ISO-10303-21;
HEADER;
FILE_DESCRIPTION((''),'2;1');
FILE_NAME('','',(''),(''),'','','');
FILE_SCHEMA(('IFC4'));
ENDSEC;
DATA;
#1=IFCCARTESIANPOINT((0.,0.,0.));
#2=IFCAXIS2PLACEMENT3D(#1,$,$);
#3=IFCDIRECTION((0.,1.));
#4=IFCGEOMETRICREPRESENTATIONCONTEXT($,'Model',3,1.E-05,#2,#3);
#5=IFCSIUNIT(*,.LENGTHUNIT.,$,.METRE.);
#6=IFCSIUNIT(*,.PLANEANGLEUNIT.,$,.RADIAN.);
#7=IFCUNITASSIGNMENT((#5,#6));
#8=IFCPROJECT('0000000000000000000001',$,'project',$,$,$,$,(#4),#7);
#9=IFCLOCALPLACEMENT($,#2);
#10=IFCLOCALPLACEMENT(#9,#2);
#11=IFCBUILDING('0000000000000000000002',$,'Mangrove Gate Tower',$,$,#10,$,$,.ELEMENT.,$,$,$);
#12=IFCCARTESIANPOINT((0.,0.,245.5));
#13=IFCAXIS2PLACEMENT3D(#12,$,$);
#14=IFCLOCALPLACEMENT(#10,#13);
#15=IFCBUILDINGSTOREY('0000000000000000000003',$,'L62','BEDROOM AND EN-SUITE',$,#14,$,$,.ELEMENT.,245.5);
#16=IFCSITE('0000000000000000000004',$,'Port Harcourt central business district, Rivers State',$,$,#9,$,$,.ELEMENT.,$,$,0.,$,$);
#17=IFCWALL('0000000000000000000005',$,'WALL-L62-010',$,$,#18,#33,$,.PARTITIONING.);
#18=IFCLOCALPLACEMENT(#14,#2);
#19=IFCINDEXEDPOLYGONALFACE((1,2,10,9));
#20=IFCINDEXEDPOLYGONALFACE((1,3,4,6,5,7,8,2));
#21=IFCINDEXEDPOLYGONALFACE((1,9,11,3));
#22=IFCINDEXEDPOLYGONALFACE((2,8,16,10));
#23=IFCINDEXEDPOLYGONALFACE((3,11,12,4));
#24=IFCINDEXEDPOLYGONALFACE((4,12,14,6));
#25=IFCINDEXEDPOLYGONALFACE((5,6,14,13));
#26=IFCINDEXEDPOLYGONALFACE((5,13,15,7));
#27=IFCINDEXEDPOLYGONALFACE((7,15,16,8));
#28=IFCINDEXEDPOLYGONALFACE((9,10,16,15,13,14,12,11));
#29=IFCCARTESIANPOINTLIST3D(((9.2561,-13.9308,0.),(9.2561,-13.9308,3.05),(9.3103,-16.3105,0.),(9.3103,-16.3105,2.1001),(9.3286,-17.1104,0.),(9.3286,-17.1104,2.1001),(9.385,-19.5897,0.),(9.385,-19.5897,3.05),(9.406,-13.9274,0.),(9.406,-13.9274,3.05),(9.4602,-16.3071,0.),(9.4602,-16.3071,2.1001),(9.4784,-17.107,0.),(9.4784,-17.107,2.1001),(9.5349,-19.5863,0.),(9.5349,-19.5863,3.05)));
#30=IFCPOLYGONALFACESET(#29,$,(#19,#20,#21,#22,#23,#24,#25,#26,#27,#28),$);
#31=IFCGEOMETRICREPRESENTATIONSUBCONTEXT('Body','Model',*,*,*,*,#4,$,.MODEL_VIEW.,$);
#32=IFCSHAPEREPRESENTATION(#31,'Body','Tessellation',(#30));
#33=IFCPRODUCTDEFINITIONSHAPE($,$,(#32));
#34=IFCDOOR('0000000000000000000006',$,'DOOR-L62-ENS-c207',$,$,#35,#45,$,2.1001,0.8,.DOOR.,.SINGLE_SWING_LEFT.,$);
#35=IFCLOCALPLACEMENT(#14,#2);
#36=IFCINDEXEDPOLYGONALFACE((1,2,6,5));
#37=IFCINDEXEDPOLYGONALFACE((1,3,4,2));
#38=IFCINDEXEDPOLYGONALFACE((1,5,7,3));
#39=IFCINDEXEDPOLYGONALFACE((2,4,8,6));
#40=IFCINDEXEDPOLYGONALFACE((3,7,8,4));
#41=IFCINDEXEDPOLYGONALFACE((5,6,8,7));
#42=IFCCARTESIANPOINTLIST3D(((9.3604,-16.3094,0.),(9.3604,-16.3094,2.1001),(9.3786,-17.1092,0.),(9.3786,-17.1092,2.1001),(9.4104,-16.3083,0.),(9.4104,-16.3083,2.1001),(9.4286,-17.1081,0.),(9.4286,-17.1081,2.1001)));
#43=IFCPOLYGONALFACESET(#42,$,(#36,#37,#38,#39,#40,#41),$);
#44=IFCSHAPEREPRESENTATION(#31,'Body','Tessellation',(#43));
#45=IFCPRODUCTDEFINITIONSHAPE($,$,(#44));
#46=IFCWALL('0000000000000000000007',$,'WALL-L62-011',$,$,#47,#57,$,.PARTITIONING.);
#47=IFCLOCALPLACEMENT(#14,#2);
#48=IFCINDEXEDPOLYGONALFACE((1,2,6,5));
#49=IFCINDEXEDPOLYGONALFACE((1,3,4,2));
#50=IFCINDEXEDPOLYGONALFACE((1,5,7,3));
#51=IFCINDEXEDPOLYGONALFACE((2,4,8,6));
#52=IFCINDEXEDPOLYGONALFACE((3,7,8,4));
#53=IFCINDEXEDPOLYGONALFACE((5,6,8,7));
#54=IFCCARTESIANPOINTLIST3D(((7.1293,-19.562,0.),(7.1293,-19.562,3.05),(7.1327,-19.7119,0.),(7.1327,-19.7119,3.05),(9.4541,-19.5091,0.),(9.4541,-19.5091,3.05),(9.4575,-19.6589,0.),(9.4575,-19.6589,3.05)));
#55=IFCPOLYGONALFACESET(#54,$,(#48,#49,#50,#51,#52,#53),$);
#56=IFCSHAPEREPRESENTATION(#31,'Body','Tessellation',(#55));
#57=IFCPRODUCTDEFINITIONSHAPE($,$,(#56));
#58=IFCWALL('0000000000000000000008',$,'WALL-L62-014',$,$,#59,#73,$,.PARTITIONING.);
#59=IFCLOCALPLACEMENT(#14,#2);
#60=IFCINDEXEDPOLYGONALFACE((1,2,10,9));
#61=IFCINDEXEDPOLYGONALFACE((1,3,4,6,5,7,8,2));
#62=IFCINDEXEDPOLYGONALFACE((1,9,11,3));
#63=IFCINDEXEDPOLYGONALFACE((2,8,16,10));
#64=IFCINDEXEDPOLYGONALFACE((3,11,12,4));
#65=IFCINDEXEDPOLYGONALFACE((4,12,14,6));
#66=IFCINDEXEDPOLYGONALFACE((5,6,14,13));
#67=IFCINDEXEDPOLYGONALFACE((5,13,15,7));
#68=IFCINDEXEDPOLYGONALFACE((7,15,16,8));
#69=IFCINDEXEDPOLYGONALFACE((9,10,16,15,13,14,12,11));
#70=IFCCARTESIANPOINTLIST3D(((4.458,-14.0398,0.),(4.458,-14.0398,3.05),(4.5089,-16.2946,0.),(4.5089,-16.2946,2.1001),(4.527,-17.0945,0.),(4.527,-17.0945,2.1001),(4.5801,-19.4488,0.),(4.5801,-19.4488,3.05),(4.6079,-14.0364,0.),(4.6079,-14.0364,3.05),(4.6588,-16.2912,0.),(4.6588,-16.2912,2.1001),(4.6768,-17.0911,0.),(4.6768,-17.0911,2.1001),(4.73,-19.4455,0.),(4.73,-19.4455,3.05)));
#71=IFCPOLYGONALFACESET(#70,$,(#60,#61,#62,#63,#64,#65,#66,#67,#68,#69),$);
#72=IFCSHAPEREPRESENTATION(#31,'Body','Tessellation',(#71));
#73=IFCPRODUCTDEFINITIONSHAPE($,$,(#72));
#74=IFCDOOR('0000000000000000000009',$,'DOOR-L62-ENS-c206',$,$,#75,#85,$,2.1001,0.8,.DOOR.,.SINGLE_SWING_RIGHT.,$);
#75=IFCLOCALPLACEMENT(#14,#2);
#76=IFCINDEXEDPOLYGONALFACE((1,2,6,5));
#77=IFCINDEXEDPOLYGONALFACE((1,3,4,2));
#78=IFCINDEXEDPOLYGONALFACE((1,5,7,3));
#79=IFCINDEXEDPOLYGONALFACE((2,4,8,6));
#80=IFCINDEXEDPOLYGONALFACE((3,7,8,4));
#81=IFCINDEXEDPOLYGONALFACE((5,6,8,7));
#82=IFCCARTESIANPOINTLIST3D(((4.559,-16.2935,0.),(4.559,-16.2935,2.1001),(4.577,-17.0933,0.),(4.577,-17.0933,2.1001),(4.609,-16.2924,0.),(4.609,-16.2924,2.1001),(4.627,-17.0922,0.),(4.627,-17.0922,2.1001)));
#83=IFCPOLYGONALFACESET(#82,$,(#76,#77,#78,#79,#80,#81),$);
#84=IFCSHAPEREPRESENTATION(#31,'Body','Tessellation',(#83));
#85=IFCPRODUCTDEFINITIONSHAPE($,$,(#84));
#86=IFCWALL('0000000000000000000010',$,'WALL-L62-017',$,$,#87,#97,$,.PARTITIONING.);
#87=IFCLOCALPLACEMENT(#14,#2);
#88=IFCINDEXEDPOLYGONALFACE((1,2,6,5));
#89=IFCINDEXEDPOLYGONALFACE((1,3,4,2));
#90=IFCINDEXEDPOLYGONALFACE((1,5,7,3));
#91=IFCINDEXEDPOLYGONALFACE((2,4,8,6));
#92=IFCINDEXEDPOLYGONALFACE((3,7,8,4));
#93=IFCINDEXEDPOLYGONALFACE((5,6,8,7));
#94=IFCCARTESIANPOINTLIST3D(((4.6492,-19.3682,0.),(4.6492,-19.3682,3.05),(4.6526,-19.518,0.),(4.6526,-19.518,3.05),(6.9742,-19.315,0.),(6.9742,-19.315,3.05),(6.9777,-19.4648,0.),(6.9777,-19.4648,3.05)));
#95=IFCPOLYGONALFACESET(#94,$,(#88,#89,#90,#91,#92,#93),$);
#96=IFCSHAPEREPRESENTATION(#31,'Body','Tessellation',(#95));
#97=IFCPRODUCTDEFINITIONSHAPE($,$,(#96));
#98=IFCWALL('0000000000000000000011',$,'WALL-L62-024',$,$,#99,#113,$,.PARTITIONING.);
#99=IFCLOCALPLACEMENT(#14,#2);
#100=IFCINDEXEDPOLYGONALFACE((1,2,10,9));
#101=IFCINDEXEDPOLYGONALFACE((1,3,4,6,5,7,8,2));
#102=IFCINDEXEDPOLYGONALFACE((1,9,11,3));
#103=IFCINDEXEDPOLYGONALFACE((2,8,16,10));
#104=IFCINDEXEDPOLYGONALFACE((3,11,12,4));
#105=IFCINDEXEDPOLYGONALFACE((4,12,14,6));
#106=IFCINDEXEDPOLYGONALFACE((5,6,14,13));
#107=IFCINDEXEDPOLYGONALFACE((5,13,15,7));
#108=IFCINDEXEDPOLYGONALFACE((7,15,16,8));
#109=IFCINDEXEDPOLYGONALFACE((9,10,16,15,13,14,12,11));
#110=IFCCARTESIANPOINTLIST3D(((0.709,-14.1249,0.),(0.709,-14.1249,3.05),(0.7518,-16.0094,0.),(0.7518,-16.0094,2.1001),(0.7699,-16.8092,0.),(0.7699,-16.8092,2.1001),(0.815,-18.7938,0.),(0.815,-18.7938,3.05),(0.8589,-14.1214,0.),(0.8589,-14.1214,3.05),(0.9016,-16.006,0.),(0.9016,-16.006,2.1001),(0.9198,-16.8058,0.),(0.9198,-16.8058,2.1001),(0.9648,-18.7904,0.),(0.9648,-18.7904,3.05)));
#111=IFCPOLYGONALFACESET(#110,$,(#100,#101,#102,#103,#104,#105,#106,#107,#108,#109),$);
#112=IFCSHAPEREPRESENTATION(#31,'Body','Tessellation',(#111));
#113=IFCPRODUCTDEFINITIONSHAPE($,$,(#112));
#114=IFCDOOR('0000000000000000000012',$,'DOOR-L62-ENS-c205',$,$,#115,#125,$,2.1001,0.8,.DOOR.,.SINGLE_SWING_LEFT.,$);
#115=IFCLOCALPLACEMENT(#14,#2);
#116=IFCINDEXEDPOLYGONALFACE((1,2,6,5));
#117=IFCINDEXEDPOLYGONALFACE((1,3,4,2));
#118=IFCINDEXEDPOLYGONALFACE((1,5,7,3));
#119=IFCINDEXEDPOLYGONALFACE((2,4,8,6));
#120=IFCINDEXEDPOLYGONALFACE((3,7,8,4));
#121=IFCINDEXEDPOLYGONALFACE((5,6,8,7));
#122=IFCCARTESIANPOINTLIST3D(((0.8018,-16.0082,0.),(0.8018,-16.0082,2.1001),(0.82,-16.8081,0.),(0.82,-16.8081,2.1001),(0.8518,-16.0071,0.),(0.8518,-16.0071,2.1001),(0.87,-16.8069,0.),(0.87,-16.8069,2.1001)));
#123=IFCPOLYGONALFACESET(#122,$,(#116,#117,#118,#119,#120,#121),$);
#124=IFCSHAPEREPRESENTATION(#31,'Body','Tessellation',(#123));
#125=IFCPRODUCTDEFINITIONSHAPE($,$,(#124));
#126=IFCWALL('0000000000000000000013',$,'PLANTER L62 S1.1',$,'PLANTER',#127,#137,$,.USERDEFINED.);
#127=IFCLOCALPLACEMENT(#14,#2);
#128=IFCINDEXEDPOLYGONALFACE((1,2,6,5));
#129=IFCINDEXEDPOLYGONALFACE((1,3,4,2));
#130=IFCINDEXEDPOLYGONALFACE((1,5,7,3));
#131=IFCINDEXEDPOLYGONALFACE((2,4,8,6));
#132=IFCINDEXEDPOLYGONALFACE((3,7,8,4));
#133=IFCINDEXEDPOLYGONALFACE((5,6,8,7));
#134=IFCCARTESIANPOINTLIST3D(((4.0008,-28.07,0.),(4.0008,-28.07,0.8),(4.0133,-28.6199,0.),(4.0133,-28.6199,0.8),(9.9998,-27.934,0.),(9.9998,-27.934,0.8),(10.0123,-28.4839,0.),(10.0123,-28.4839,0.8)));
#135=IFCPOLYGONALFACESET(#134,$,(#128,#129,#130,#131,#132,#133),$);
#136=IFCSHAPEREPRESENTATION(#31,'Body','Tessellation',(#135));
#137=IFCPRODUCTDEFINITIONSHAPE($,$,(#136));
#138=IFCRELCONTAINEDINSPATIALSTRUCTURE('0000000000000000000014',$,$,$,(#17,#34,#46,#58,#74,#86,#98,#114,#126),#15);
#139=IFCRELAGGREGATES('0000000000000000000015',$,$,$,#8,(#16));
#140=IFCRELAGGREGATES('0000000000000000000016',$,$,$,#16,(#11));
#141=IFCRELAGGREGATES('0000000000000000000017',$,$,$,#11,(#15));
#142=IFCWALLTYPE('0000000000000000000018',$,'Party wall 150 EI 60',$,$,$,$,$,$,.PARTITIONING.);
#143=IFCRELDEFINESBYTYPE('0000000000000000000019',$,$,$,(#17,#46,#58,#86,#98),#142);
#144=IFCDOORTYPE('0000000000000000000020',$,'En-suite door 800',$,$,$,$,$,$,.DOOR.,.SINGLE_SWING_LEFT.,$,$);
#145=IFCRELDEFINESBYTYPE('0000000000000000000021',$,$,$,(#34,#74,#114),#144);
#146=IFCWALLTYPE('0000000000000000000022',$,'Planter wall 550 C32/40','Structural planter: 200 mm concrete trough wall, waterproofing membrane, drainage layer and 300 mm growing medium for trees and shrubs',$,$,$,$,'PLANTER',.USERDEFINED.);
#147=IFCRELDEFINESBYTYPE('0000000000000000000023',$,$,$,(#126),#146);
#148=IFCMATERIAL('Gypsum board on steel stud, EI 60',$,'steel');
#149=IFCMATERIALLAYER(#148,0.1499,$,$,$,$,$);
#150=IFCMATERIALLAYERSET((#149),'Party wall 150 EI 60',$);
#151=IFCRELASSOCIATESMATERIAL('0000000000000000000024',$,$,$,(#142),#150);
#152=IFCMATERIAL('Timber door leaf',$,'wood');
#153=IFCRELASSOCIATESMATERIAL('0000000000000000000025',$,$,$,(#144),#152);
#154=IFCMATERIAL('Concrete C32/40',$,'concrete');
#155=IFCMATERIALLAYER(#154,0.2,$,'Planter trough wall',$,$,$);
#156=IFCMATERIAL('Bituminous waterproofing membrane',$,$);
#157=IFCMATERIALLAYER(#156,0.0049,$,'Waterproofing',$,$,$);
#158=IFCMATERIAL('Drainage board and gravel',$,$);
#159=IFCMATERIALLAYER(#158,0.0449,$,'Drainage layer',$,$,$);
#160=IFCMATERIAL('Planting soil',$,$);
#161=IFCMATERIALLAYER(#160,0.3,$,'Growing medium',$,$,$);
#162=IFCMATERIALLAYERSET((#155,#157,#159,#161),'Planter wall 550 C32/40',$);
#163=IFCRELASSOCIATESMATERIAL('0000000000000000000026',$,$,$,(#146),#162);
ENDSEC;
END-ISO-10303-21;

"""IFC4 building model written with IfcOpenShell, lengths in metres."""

from ifc_helpers import new_model, si_unit, direction, frame, frame_2d, origin, place, context, subcontext, project, spatial, rectangle, extrude, material, layer, layer_set, type_object, element, fill, save


model = new_model("IFC4")

# Units and contexts
model_context = context("Model", 3, precision=1e-05, world=origin(), true_north=direction((0.0, 1.0)))
body_context = subcontext(model_context, "Body", "Model", "MODEL_VIEW")
ifc_project = project(units=[si_unit("LENGTHUNIT", "METRE"), si_unit("PLANEANGLEUNIT", "RADIAN")], contexts=[model_context])

# Site, building, storey
site_placement = place(None, origin())
site = spatial("IfcSite", under=ifc_project, at=site_placement, Name="Port Harcourt central business district, Rivers State", CompositionType="ELEMENT", RefElevation=0.0)
building_placement = place(site_placement, origin())
building = spatial("IfcBuilding", under=site, at=building_placement, Name="Mangrove Gate Tower", CompositionType="ELEMENT")
storey_placement = place(building_placement, frame((0.0, 0.0, 245.5)))
storey = spatial("IfcBuildingStorey", under=building, at=storey_placement, Name="L62", Description="BEDROOM AND EN-SUITE", CompositionType="ELEMENT", Elevation=245.5)

# Shared definitions
ifc_material_1 = material(Name="Gypsum board on steel stud, EI 60", Category="steel")
ifc_layer_1 = layer(ifc_material_1, 0.1499)
ifc_layer_set_1 = layer_set([ifc_layer_1], Name="Party wall 150 EI 60")
wall_type_1 = type_object("IfcWallType", Name="Party wall 150 EI 60", PredefinedType="PARTITIONING", material=ifc_layer_set_1)

# Wall, opening, door
wall_1_placement = place(storey_placement, frame((9.46, -19.5879, 0.0), z_axis=(0.0, 0.0, 1.0), x_axis=(-0.022773, 0.999741, 0.0)))
wall_1 = element("IfcWall", 1, at=wall_1_placement, inside=storey, type_object=wall_type_1, Name="WALL-L62-010", PredefinedType="PARTITIONING", context=body_context, shape_type="SweptSolid", body=[
    extrude(rectangle(XDim=5.6604, YDim=0.1499, at=frame_2d((2.8301, 0.0))), origin(), (0.0, 0.0, 1.0), 3.05),
])
opening_1_placement = place(wall_1_placement, frame((2.48, 0.0, 0.0)))
opening_1 = element("IfcOpeningElement", 2, at=opening_1_placement, cuts=wall_1, PredefinedType="OPENING", context=body_context, shape_type="SweptSolid", body=[
    extrude(rectangle(XDim=0.8, YDim=2.1001, at=frame_2d((0.3999, 1.05))), frame((0.0, 0.085, 0.0), z_axis=(0.0, -1.0, 0.0), x_axis=(1.0, 0.0, 0.0)), (0.0, 0.0, 1.0), 0.1699),
])
ifc_material_2 = material(Name="Timber door leaf", Category="wood")
door_type_1 = type_object("IfcDoorType", Name="En-suite door 800", OperationType="SINGLE_SWING_LEFT", PredefinedType="DOOR", material=ifc_material_2)
door_1_placement = place(opening_1_placement, origin())
door_1 = element("IfcDoor", 3, at=door_1_placement, inside=storey, type_object=door_type_1, Name="DOOR-L62-ENS-c207", OperationType="SINGLE_SWING_LEFT", OverallHeight=2.1001, OverallWidth=0.8, PredefinedType="DOOR", context=body_context, shape_type="SweptSolid", body=[
    extrude(rectangle(XDim=0.8, YDim=2.1001, at=frame_2d((0.3999, 1.05))), frame((0.0, 0.0249, 0.0), z_axis=(0.0, -1.0, 0.0), x_axis=(1.0, 0.0, 0.0)), (0.0, 0.0, 1.0), 0.05),
])
fill(opening_1, door_1)

# Wall
wall_2_placement = place(storey_placement, frame((7.1311, -19.637, 0.0), z_axis=(0.0, 0.0, 1.0), x_axis=(0.99974, 0.022781, 0.0)))
element("IfcWall", 4, at=wall_2_placement, inside=storey, type_object=wall_type_1, Name="WALL-L62-011", PredefinedType="PARTITIONING", context=body_context, shape_type="SweptSolid", body=[
    extrude(rectangle(XDim=2.3254, YDim=0.1499, at=frame_2d((1.1626, 0.0))), origin(), (0.0, 0.0, 1.0), 3.05),
])

# Wall, opening, door
wall_3_placement = place(storey_placement, frame((4.655, -19.447, 0.0), z_axis=(0.0, 0.0, 1.0), x_axis=(-0.022563, 0.999745, 0.0)))
wall_3 = element("IfcWall", 5, at=wall_3_placement, inside=storey, type_object=wall_type_1, Name="WALL-L62-014", PredefinedType="PARTITIONING", context=body_context, shape_type="SweptSolid", body=[
    extrude(rectangle(XDim=5.4104, YDim=0.1499, at=frame_2d((2.7051, 0.0))), origin(), (0.0, 0.0, 1.0), 3.05),
])
opening_2_placement = place(wall_3_placement, frame((2.355, 0.0, 0.0)))
opening_2 = element("IfcOpeningElement", 6, at=opening_2_placement, cuts=wall_3, PredefinedType="OPENING", context=body_context, shape_type="SweptSolid", body=[
    extrude(rectangle(XDim=0.8, YDim=2.1001, at=frame_2d((0.3999, 1.05))), frame((0.0, 0.085, 0.0), z_axis=(0.0, -1.0, 0.0), x_axis=(1.0, 0.0, 0.0)), (0.0, 0.0, 1.0), 0.1699),
])
door_2_placement = place(opening_2_placement, origin())
door_2 = element("IfcDoor", 7, at=door_2_placement, inside=storey, type_object=door_type_1, Name="DOOR-L62-ENS-c206", OperationType="SINGLE_SWING_RIGHT", OverallHeight=2.1001, OverallWidth=0.8, PredefinedType="DOOR", context=body_context, shape_type="SweptSolid", body=[
    extrude(rectangle(XDim=0.8, YDim=2.1001, at=frame_2d((0.3999, 1.05))), frame((0.0, 0.0249, 0.0), z_axis=(0.0, -1.0, 0.0), x_axis=(1.0, 0.0, 0.0)), (0.0, 0.0, 1.0), 0.05),
])
fill(opening_2, door_2)

# Wall
wall_4_placement = place(storey_placement, frame((4.6509, -19.4431, 0.0), z_axis=(0.0, 0.0, 1.0), x_axis=(0.999738, 0.022884, 0.0)))
element("IfcWall", 8, at=wall_4_placement, inside=storey, type_object=wall_type_1, Name="WALL-L62-017", PredefinedType="PARTITIONING", context=body_context, shape_type="SweptSolid", body=[
    extrude(rectangle(XDim=2.3257, YDim=0.1499, at=frame_2d((1.1628, 0.0))), origin(), (0.0, 0.0, 1.0), 3.05),
])

# Wall, opening, door
wall_5_placement = place(storey_placement, frame((0.8899, -18.792, 0.0), z_axis=(0.0, 0.0, 1.0), x_axis=(-0.022688, 0.999743, 0.0)))
wall_5 = element("IfcWall", 9, at=wall_5_placement, inside=storey, type_object=wall_type_1, Name="WALL-L62-024", PredefinedType="PARTITIONING", context=body_context, shape_type="SweptSolid", body=[
    extrude(rectangle(XDim=4.6702, YDim=0.1499, at=frame_2d((2.335, 0.0))), origin(), (0.0, 0.0, 1.0), 3.05),
])
opening_3_placement = place(wall_5_placement, frame((1.9851, 0.0, 0.0)))
opening_3 = element("IfcOpeningElement", 10, at=opening_3_placement, cuts=wall_5, PredefinedType="OPENING", context=body_context, shape_type="SweptSolid", body=[
    extrude(rectangle(XDim=0.8, YDim=2.1001, at=frame_2d((0.3999, 1.05))), frame((0.0, 0.085, 0.0), z_axis=(0.0, -1.0, 0.0), x_axis=(1.0, 0.0, 0.0)), (0.0, 0.0, 1.0), 0.1699),
])
door_3_placement = place(opening_3_placement, origin())
door_3 = element("IfcDoor", 11, at=door_3_placement, inside=storey, type_object=door_type_1, Name="DOOR-L62-ENS-c205", OperationType="SINGLE_SWING_LEFT", OverallHeight=2.1001, OverallWidth=0.8, PredefinedType="DOOR", context=body_context, shape_type="SweptSolid", body=[
    extrude(rectangle(XDim=0.8, YDim=2.1001, at=frame_2d((0.3999, 1.05))), frame((0.0, 0.0249, 0.0), z_axis=(0.0, -1.0, 0.0), x_axis=(1.0, 0.0, 0.0)), (0.0, 0.0, 1.0), 0.05),
])
fill(opening_3, door_3)

# Wall
ifc_material_3 = material(Name="Concrete C32/40", Category="concrete")
ifc_layer_2 = layer(ifc_material_3, 0.2, Name="Planter trough wall")
ifc_material_4 = material(Name="Bituminous waterproofing membrane")
ifc_layer_3 = layer(ifc_material_4, 0.0049, Name="Waterproofing")
ifc_material_5 = material(Name="Drainage board and gravel")
ifc_layer_4 = layer(ifc_material_5, 0.0449, Name="Drainage layer")
ifc_material_6 = material(Name="Planting soil")
ifc_layer_5 = layer(ifc_material_6, 0.3, Name="Growing medium")
ifc_layer_set_2 = layer_set([ifc_layer_2, ifc_layer_3, ifc_layer_4, ifc_layer_5], Name="Planter wall 550 C32/40")
wall_type_2 = type_object("IfcWallType", Name="Planter wall 550 C32/40", Description="Structural planter: 200 mm concrete trough wall, waterproofing membrane, drainage layer and 300 mm growing medium for trees and shrubs", ElementType="PLANTER", PredefinedType="USERDEFINED", material=ifc_layer_set_2)
wall_6_placement = place(storey_placement, frame((4.0071, -28.345, 0.0), z_axis=(0.0, 0.0, 1.0), x_axis=(0.999743, 0.022662, 0.0)))
element("IfcWall", 12, at=wall_6_placement, inside=storey, type_object=wall_type_2, Name="PLANTER L62 S1.1", ObjectType="PLANTER", PredefinedType="USERDEFINED", context=body_context, shape_type="SweptSolid", body=[
    extrude(rectangle(XDim=6.0005, YDim=0.55, at=frame_2d((3.0002, 0.0))), origin(), (0.0, 0.0, 1.0), 0.8),
])

save(model, "model.ifc")
